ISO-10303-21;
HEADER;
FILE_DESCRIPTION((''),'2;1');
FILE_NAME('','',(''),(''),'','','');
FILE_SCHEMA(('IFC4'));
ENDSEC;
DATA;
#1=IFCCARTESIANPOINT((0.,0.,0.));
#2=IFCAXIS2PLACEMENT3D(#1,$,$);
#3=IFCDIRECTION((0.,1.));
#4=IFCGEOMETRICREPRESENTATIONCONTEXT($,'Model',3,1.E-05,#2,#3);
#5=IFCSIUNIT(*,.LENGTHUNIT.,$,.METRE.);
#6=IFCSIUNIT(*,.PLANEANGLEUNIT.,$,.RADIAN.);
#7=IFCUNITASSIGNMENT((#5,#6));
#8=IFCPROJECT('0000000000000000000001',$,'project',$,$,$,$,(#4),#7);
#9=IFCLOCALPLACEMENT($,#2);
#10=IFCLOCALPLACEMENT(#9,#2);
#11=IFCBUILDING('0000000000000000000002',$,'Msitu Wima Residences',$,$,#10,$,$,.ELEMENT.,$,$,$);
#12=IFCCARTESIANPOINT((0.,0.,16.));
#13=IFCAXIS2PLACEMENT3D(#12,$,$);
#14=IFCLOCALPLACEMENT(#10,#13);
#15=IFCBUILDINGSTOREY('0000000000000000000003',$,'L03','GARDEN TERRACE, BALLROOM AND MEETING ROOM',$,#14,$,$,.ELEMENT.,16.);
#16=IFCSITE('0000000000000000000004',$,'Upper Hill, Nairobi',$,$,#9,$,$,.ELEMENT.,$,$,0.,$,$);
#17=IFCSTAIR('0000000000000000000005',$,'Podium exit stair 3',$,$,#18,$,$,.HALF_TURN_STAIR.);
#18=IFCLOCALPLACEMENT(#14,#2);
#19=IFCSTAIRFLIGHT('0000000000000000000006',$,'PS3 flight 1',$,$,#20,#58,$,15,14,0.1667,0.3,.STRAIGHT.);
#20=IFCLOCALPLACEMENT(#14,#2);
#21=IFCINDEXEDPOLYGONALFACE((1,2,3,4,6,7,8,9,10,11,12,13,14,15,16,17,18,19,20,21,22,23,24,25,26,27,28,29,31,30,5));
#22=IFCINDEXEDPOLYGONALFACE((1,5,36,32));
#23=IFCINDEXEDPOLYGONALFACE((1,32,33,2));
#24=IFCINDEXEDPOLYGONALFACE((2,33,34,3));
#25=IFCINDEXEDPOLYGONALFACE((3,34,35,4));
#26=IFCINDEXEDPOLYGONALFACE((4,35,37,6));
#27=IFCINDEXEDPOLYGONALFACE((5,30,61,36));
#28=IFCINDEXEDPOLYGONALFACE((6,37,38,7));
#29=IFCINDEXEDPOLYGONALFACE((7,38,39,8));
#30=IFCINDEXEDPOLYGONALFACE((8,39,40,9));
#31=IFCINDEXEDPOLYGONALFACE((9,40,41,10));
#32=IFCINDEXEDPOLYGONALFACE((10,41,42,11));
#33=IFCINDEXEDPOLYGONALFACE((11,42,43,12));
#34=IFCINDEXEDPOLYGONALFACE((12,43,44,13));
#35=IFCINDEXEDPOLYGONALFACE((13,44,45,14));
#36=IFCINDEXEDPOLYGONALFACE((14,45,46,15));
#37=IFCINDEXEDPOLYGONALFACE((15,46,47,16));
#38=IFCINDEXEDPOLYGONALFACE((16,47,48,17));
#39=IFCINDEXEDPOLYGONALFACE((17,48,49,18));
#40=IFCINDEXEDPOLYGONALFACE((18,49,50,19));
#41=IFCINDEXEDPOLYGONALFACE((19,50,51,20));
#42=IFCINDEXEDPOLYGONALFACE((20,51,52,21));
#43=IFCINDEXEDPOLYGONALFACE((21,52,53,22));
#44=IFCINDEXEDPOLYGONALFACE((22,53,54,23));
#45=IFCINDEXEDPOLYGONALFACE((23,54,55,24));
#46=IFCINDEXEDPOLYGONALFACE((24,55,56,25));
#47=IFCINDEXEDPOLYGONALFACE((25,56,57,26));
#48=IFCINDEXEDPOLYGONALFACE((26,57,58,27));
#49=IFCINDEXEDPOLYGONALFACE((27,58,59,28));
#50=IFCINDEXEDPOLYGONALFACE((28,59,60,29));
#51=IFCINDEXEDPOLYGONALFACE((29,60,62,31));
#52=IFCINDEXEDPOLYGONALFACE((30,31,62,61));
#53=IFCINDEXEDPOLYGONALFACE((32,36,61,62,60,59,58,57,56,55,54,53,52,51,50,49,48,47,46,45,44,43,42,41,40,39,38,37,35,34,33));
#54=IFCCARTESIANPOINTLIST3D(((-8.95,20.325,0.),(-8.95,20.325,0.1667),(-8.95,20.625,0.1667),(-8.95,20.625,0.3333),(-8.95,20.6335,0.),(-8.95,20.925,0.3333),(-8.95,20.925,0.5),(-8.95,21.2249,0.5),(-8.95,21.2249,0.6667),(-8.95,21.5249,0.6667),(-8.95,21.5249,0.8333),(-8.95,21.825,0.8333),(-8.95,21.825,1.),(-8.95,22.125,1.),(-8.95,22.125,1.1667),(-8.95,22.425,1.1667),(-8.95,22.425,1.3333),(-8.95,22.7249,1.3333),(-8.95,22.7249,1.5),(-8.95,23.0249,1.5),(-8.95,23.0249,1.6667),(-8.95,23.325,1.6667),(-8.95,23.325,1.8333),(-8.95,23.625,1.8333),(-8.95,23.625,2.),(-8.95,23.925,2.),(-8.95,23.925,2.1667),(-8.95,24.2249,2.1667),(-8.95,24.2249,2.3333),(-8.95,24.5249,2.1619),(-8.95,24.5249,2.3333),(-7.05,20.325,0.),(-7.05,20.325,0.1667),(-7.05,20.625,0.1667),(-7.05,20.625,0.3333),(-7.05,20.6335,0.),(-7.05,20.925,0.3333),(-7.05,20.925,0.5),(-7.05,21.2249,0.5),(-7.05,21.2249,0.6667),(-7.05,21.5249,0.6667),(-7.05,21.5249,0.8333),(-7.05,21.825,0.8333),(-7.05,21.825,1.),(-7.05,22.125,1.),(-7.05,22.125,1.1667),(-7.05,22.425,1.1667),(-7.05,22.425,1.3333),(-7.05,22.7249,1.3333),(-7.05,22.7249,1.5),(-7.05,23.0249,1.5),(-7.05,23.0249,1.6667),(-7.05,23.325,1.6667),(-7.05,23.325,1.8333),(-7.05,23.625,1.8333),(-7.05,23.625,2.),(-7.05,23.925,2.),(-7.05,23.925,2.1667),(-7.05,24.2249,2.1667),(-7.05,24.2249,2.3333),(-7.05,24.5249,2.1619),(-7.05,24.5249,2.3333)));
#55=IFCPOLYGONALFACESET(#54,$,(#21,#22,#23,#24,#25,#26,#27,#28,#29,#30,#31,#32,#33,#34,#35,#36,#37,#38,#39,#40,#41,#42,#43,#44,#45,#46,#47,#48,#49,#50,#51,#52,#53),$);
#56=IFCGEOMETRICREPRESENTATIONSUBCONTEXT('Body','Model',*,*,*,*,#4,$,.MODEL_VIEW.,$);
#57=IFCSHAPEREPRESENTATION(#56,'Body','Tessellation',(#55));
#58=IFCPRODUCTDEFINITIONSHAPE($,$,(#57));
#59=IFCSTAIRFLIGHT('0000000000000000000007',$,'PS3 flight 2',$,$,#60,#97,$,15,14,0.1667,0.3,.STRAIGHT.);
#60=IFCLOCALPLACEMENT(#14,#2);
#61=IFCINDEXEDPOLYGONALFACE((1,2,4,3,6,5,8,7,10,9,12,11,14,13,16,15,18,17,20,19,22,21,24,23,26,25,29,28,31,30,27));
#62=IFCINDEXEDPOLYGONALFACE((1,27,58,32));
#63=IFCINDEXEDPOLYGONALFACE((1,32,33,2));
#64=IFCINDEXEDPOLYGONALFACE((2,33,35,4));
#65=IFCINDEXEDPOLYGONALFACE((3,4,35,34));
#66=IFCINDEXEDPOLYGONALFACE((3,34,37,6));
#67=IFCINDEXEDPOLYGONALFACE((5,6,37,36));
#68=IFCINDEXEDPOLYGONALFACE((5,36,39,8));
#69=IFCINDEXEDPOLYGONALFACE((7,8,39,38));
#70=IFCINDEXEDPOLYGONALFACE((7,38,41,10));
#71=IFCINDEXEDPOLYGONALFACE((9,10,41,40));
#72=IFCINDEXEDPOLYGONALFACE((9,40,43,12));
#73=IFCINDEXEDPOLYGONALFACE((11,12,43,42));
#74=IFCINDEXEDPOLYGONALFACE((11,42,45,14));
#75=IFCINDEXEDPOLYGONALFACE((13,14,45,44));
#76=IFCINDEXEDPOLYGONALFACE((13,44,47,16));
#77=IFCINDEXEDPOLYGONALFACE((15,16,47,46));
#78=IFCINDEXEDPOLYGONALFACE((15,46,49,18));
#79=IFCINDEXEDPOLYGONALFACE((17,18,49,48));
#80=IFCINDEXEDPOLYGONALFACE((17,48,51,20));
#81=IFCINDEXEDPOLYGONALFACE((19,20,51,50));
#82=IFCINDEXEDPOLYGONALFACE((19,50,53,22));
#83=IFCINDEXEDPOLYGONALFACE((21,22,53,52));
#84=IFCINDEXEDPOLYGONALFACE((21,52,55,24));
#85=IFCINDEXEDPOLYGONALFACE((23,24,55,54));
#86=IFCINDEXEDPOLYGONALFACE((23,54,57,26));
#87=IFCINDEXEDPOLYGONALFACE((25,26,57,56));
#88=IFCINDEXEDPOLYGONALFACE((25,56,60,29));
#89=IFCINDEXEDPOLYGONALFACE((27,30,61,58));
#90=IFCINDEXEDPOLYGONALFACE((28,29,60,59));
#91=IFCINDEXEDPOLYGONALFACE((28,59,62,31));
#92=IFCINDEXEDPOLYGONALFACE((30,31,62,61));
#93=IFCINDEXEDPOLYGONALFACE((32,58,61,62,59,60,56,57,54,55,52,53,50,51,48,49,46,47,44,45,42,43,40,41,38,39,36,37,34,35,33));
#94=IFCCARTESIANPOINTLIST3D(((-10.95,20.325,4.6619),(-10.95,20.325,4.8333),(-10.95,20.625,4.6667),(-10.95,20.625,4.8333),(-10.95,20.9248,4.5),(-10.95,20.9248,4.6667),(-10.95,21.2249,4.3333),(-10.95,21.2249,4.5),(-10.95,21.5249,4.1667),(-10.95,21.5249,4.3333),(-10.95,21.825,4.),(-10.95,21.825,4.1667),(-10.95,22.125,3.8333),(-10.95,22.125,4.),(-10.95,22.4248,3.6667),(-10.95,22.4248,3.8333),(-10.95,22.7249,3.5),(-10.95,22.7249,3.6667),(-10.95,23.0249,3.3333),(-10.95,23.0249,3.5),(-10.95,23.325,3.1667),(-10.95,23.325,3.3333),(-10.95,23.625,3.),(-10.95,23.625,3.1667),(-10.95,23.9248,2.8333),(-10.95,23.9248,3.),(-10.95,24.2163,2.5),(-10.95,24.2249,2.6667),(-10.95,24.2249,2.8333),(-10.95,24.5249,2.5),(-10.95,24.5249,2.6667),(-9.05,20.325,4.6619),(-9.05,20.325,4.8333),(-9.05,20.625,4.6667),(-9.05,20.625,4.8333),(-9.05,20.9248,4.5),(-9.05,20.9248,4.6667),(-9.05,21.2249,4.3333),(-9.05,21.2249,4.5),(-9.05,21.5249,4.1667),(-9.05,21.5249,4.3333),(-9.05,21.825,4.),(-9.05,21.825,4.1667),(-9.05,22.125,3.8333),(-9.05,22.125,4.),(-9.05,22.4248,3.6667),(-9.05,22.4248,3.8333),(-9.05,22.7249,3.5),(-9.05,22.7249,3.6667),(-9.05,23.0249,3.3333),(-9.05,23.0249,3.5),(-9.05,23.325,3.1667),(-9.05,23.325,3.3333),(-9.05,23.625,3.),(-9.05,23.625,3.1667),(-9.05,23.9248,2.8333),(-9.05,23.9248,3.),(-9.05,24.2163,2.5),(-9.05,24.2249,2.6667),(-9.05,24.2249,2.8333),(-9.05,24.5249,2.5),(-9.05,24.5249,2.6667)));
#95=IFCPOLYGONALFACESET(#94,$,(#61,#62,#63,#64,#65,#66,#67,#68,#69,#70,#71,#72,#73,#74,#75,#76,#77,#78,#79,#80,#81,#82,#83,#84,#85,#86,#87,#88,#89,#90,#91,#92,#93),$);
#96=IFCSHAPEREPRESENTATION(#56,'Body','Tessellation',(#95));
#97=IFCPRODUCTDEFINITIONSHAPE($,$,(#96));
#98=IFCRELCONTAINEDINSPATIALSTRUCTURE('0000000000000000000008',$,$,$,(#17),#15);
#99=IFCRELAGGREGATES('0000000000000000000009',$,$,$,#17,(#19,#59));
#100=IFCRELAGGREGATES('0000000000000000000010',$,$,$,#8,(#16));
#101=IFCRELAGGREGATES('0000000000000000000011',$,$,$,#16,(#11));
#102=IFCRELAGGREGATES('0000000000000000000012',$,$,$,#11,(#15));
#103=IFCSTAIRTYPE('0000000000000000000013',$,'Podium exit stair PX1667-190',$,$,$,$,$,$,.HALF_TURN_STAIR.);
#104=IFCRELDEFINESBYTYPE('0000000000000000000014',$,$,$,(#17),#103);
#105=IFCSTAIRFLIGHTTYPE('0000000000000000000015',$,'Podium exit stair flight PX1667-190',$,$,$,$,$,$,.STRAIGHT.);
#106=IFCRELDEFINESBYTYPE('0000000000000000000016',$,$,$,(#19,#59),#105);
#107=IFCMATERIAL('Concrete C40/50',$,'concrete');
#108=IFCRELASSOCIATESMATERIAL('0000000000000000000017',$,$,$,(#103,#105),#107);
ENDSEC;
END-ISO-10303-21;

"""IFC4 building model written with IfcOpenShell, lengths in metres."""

from ifc_helpers import new_model, si_unit, direction, frame, origin, place, context, subcontext, project, spatial, polyline, outline, extrude, material, type_object, element, aggregate, save


model = new_model("IFC4")

# Units and contexts
model_context = context("Model", 3, precision=1e-05, world=origin(), true_north=direction((0.0, 1.0)))
body_context = subcontext(model_context, "Body", "Model", "MODEL_VIEW")
ifc_project = project(units=[si_unit("LENGTHUNIT", "METRE"), si_unit("PLANEANGLEUNIT", "RADIAN")], contexts=[model_context])

# Site, building, storey
site_placement = place(None, origin())
site = spatial("IfcSite", under=ifc_project, at=site_placement, Name="Upper Hill, Nairobi", CompositionType="ELEMENT", RefElevation=0.0)
building_placement = place(site_placement, origin())
building = spatial("IfcBuilding", under=site, at=building_placement, Name="Msitu Wima Residences", CompositionType="ELEMENT")
storey_placement = place(building_placement, frame((0.0, 0.0, 16.0)))
storey = spatial("IfcBuildingStorey", under=building, at=storey_placement, Name="L03", Description="GARDEN TERRACE, BALLROOM AND MEETING ROOM", CompositionType="ELEMENT", Elevation=16.0)

# Shared definitions
ifc_material_1 = material(Name="Concrete C40/50", Category="concrete")

# Stair, stair flights
stair_type = type_object("IfcStairType", Name="Podium exit stair PX1667-190", PredefinedType="HALF_TURN_STAIR", material=ifc_material_1)
stair_placement = place(storey_placement, origin())
stair = element("IfcStair", 1, at=stair_placement, inside=storey, type_object=stair_type, Name="Podium exit stair 3", PredefinedType="HALF_TURN_STAIR")
stair_flight_type = type_object("IfcStairFlightType", Name="Podium exit stair flight PX1667-190", PredefinedType="STRAIGHT", material=ifc_material_1)
stair_flight_1_placement = place(storey_placement, frame((-8.0, 20.325, 0.0), z_axis=(0.0, 0.0, 1.0), x_axis=(0.0, 1.0, 0.0)))
stair_flight_1 = element("IfcStairFlight", 2, at=stair_flight_1_placement, type_object=stair_flight_type, Name="PS3 flight 1", NumberOfRisers=15, NumberOfTreads=14, PredefinedType="STRAIGHT", RiserHeight=0.1667, TreadLength=0.3, context=body_context, shape_type="SweptSolid", body=[
    extrude(outline(polyline([(0.0, 0.0), (0.0, 0.1667), (0.3, 0.1667), (0.3, 0.3333), (0.6001, 0.3333), (0.6001, 0.5), (0.8999, 0.5), (0.8999, 0.6667), (1.2, 0.6667), (1.2, 0.8333), (1.5, 0.8333), (1.5, 1.0), (1.8, 1.0), (1.8, 1.1667), (2.1001, 1.1667), (2.1001, 1.3333), (2.3999, 1.3333), (2.3999, 1.5), (2.7, 1.5), (2.7, 1.6667), (3.0, 1.6667), (3.0, 1.8333), (3.3, 1.8333), (3.3, 2.0), (3.6001, 2.0), (3.6001, 2.1667), (3.8999, 2.1667), (3.8999, 2.3333), (4.2, 2.3333), (4.2, 2.5), (4.2, 2.1619), (0.3086, 0.0), (0.0, 0.0)])), frame((0.0, 0.95, 0.0), z_axis=(0.0, -1.0, 0.0), x_axis=(1.0, 0.0, 0.0)), (0.0, 0.0, 1.0), 1.8999),
])
stair_flight_2_placement = place(storey_placement, frame((-10.0, 24.5249, 2.5), z_axis=(0.0, 0.0, 1.0), x_axis=(0.0, -1.0, 0.0)))
stair_flight_2 = element("IfcStairFlight", 3, at=stair_flight_2_placement, type_object=stair_flight_type, Name="PS3 flight 2", NumberOfRisers=15, NumberOfTreads=14, PredefinedType="STRAIGHT", RiserHeight=0.1667, TreadLength=0.3, context=body_context, shape_type="SweptSolid", body=[
    extrude(outline(polyline([(0.0, 0.0), (0.0, 0.1667), (0.3, 0.1667), (0.3, 0.3333), (0.6001, 0.3333), (0.6001, 0.5), (0.8999, 0.5), (0.8999, 0.6667), (1.2, 0.6667), (1.2, 0.8333), (1.5, 0.8333), (1.5, 1.0), (1.8, 1.0), (1.8, 1.1667), (2.1001, 1.1667), (2.1001, 1.3333), (2.3999, 1.3333), (2.3999, 1.5), (2.7, 1.5), (2.7, 1.6667), (3.0, 1.6667), (3.0, 1.8333), (3.3, 1.8333), (3.3, 2.0), (3.6001, 2.0), (3.6001, 2.1667), (3.8999, 2.1667), (3.8999, 2.3333), (4.2, 2.3333), (4.2, 2.5), (4.2, 2.1619), (0.3086, 0.0), (0.0, 0.0)])), frame((0.0, 0.95, 0.0), z_axis=(0.0, -1.0, 0.0), x_axis=(1.0, 0.0, 0.0)), (0.0, 0.0, 1.0), 1.8999),
])
aggregate(stair, [stair_flight_1, stair_flight_2])

save(model, "model.ifc")
